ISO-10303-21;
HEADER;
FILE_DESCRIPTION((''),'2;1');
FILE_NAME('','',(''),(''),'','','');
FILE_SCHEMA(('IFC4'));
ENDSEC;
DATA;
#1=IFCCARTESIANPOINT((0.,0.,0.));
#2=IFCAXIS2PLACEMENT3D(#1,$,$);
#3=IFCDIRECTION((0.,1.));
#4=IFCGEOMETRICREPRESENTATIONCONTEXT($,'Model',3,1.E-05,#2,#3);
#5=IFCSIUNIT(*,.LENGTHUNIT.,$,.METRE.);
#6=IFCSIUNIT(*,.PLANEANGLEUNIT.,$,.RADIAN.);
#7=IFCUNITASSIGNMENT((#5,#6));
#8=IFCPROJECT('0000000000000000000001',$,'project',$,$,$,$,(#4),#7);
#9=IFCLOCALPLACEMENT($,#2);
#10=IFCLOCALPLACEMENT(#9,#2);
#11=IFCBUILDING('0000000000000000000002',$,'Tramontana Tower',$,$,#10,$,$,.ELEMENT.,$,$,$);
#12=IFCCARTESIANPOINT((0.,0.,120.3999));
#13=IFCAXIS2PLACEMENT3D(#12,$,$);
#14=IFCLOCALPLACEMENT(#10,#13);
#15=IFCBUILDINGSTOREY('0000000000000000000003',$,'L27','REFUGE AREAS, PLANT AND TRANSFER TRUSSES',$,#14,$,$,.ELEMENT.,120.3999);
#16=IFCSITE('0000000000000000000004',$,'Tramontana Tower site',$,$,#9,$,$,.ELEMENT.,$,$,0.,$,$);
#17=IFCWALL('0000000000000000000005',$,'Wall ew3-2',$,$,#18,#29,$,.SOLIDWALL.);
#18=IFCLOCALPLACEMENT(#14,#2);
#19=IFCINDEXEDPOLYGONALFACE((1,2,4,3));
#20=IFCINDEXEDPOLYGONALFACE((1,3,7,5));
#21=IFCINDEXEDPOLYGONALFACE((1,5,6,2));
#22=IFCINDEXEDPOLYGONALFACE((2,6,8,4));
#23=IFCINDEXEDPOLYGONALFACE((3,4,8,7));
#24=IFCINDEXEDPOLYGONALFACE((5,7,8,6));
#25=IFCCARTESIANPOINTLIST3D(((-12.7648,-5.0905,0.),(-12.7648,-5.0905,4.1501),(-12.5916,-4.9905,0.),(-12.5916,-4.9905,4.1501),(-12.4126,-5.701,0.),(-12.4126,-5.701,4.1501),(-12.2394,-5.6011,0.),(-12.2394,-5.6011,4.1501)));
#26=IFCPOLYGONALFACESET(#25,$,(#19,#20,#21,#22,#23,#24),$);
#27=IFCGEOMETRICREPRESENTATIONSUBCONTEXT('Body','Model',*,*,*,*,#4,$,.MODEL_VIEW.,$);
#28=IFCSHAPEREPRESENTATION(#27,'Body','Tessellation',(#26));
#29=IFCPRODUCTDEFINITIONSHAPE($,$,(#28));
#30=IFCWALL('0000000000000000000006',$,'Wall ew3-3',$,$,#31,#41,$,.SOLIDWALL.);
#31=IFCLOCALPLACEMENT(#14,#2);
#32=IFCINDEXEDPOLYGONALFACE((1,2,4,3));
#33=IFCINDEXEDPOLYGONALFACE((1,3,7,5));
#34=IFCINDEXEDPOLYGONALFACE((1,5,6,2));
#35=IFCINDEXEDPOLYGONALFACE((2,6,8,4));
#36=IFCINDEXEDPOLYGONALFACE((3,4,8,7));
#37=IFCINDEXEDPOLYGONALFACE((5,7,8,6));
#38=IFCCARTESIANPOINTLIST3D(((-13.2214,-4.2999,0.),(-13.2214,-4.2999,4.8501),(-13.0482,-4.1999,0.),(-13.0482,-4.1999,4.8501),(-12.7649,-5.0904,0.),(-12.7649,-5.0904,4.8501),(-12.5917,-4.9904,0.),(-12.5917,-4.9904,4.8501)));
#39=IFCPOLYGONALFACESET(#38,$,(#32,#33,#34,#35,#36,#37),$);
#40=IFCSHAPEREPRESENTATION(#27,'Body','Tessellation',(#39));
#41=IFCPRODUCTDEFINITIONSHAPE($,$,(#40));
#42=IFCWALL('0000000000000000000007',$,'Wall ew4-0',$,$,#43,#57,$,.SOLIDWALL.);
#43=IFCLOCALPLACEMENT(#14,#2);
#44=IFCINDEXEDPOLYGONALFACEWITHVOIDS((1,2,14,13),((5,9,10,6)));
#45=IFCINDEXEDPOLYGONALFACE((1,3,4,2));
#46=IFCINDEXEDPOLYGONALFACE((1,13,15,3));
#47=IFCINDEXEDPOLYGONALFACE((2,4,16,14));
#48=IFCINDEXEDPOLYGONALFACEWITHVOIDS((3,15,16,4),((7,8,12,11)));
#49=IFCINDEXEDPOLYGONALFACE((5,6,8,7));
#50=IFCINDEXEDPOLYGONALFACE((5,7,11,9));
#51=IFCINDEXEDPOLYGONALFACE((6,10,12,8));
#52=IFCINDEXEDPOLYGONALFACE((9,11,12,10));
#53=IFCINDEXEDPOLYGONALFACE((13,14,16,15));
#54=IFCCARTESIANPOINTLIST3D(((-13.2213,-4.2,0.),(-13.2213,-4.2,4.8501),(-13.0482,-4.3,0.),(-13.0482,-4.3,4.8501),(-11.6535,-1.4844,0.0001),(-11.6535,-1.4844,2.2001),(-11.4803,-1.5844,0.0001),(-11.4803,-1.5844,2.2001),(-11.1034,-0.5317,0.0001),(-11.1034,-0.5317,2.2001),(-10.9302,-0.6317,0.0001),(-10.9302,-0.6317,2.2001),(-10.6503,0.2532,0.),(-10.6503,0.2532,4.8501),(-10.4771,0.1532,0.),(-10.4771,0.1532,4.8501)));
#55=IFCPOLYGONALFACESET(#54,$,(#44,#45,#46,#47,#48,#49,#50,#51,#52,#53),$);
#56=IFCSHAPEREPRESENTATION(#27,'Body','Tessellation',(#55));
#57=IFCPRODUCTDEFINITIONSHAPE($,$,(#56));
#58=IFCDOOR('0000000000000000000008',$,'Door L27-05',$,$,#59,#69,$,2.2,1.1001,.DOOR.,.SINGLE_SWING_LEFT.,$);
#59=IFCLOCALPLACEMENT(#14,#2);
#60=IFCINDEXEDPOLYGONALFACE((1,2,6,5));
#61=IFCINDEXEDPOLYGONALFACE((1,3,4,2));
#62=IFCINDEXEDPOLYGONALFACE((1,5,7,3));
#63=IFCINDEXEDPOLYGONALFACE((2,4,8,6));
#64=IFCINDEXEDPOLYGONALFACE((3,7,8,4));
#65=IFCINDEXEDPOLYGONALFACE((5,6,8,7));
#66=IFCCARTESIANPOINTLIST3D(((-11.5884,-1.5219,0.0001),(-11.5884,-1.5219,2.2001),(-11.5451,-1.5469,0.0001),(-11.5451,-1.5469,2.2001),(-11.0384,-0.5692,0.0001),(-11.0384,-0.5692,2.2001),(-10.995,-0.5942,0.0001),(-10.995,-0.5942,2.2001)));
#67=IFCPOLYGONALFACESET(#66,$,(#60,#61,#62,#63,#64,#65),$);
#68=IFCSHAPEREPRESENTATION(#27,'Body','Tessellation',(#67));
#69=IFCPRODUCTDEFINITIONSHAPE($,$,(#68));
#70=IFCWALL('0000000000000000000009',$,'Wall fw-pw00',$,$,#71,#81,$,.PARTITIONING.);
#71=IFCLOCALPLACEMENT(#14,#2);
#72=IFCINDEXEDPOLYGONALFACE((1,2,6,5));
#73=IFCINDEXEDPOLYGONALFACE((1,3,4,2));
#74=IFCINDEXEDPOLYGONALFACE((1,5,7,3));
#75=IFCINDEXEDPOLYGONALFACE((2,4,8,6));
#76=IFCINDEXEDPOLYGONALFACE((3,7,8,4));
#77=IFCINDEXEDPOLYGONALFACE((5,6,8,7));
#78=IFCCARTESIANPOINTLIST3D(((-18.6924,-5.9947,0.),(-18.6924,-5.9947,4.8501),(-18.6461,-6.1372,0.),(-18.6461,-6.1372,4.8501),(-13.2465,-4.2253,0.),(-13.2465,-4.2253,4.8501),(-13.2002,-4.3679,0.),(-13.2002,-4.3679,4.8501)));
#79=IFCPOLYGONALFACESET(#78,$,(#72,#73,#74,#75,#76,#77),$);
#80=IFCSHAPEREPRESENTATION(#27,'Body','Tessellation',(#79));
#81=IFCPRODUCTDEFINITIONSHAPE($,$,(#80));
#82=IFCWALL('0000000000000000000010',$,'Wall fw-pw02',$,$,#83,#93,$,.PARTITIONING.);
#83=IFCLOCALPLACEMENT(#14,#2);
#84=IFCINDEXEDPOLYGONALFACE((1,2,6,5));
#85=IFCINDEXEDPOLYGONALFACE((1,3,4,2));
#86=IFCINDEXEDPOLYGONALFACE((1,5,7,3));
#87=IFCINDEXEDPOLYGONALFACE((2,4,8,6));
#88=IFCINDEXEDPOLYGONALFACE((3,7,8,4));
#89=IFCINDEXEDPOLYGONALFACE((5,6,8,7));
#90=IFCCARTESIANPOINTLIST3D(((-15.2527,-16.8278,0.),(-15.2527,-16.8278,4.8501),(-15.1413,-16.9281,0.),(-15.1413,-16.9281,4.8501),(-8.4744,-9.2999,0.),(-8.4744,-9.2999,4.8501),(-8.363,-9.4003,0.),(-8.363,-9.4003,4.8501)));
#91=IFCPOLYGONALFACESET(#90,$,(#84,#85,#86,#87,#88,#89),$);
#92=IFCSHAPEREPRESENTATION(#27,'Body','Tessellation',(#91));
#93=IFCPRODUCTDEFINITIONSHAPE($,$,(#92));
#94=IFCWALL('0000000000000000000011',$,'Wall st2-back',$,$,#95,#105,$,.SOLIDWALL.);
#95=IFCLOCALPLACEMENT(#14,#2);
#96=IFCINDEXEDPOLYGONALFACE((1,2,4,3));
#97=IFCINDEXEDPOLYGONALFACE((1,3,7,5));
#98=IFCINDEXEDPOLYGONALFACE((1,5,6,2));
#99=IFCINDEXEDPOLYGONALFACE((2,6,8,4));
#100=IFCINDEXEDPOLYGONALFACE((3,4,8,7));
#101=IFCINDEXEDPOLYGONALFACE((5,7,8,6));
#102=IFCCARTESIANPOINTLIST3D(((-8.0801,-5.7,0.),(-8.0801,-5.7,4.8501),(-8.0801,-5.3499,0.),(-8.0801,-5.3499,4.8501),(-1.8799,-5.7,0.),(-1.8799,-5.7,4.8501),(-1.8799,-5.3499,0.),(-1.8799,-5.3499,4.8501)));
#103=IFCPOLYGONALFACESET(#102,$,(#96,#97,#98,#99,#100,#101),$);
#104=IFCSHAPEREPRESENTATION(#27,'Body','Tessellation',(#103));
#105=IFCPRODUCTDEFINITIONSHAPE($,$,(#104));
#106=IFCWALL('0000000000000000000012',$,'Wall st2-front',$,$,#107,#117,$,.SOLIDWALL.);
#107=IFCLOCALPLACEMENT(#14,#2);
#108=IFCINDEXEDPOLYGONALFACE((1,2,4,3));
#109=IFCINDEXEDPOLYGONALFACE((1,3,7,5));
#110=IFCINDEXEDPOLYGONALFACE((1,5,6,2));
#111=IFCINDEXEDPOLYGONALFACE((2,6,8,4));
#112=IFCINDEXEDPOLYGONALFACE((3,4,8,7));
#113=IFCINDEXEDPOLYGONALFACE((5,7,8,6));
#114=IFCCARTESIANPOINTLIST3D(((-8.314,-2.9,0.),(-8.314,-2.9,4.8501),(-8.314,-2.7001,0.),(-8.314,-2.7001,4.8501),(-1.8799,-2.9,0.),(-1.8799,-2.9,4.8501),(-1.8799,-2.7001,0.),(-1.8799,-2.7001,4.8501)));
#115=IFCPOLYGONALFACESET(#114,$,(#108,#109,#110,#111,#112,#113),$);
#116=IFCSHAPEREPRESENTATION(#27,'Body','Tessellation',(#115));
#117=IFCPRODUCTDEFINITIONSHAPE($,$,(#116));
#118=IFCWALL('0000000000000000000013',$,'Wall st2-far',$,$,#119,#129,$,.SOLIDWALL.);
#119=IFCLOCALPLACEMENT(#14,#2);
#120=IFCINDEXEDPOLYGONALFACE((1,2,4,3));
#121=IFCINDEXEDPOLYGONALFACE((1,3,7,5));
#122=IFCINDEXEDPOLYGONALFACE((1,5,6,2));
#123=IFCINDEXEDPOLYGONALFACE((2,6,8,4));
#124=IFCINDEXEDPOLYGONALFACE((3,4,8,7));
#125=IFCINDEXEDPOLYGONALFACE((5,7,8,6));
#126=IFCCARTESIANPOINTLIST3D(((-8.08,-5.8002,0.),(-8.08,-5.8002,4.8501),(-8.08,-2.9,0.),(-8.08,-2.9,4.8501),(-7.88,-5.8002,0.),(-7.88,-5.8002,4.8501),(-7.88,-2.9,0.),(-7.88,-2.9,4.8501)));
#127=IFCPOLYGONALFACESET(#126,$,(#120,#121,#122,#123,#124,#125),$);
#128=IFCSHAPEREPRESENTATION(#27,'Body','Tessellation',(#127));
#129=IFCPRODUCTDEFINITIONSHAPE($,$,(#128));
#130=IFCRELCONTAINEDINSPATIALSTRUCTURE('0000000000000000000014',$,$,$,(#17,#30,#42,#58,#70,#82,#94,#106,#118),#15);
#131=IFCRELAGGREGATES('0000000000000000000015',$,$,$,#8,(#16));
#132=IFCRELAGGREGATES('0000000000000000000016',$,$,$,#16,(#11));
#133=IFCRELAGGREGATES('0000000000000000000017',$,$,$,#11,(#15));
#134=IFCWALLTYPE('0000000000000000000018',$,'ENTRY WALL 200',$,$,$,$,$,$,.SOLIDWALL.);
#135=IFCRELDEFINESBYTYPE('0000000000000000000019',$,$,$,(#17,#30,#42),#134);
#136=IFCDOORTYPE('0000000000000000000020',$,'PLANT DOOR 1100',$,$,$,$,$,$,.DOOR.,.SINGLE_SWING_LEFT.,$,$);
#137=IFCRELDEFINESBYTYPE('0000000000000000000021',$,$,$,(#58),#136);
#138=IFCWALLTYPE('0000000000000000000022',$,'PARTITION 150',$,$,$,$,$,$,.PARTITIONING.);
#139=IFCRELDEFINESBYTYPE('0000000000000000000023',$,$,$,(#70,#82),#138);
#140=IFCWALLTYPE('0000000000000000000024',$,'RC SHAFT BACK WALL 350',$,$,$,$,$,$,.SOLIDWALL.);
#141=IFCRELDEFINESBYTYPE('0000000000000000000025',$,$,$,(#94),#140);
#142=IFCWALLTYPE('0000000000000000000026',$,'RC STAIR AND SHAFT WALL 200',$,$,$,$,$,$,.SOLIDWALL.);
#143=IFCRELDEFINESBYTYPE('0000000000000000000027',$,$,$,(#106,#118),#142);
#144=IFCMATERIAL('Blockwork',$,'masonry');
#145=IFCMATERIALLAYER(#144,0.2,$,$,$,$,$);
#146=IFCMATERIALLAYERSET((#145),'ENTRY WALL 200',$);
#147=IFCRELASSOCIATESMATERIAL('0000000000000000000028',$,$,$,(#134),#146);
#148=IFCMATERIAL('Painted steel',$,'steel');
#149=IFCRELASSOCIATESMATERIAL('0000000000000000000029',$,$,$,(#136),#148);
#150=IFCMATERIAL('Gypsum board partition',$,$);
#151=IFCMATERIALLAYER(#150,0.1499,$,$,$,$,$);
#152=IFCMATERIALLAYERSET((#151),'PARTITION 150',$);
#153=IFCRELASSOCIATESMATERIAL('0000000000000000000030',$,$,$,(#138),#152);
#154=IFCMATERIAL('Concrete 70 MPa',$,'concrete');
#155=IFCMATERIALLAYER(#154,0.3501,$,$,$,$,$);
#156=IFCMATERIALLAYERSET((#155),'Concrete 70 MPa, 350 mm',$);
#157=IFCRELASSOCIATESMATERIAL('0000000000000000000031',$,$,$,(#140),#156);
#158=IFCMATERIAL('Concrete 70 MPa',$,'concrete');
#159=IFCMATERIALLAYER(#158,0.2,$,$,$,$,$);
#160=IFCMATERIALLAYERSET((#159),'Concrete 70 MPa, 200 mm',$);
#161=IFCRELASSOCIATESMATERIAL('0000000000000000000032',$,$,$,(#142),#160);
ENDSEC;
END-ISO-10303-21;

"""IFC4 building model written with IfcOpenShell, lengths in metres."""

from ifc_helpers import new_model, si_unit, direction, frame, frame_2d, origin, place, context, subcontext, project, spatial, rectangle, extrude, material, layer, layer_set, type_object, element, fill, save


model = new_model("IFC4")

# Units and contexts
model_context = context("Model", 3, precision=1e-05, world=origin(), true_north=direction((0.0, 1.0)))
body_context = subcontext(model_context, "Body", "Model", "MODEL_VIEW")
ifc_project = project(units=[si_unit("LENGTHUNIT", "METRE"), si_unit("PLANEANGLEUNIT", "RADIAN")], contexts=[model_context])

# Site, building, storey
site_placement = place(None, origin())
site = spatial("IfcSite", under=ifc_project, at=site_placement, Name="Tramontana Tower site", CompositionType="ELEMENT", RefElevation=0.0)
building_placement = place(site_placement, origin())
building = spatial("IfcBuilding", under=site, at=building_placement, Name="Tramontana Tower", CompositionType="ELEMENT")
storey_placement = place(building_placement, frame((0.0, 0.0, 120.3999)))
storey = spatial("IfcBuildingStorey", under=building, at=storey_placement, Name="L27", Description="REFUGE AREAS, PLANT AND TRANSFER TRUSSES", CompositionType="ELEMENT", Elevation=120.3999)

# Shared definitions
ifc_material_1 = material(Name="Blockwork", Category="masonry")
ifc_layer_1 = layer(ifc_material_1, 0.2)
ifc_layer_set_1 = layer_set([ifc_layer_1], Name="ENTRY WALL 200")
wall_type_1 = type_object("IfcWallType", Name="ENTRY WALL 200", PredefinedType="SOLIDWALL", material=ifc_layer_set_1)

# Shared definitions
ifc_material_2 = material(Name="Painted steel", Category="steel")
door_type_1 = type_object("IfcDoorType", Name="PLANT DOOR 1100", OperationType="SINGLE_SWING_LEFT", PredefinedType="DOOR", material=ifc_material_2)

# Walls
wall_1_placement = place(storey_placement, frame((-12.3259, -5.6511, 0.0), z_axis=(0.0, 0.0, 1.0), x_axis=(-0.499752, 0.866168, 0.0)))
element("IfcWall", 1, at=wall_1_placement, inside=storey, type_object=wall_type_1, Name="Wall ew3-2", PredefinedType="SOLIDWALL", context=body_context, shape_type="SweptSolid", body=[
    extrude(rectangle(XDim=0.7048, YDim=0.2, at=frame_2d((0.3525, 0.0))), origin(), (0.0, 0.0, 1.0), 4.1501),
])
wall_2_placement = place(storey_placement, frame((-12.6782, -5.0405, 0.0), z_axis=(0.0, 0.0, 1.0), x_axis=(-0.500108, 0.865963, 0.0)))
element("IfcWall", 2, at=wall_2_placement, inside=storey, type_object=wall_type_1, Name="Wall ew3-3", PredefinedType="SOLIDWALL", context=body_context, shape_type="SweptSolid", body=[
    extrude(rectangle(XDim=0.9128, YDim=0.2, at=frame_2d((0.4565, 0.0))), origin(), (0.0, 0.0, 1.0), 4.8501),
])

# Wall, opening, door
wall_3_placement = place(storey_placement, frame((-13.1348, -4.25, 0.0), z_axis=(0.0, 0.0, 1.0), x_axis=(0.500005, 0.866023, 0.0)))
wall_3 = element("IfcWall", 3, at=wall_3_placement, inside=storey, type_object=wall_type_1, Name="Wall ew4-0", PredefinedType="SOLIDWALL", context=body_context, shape_type="SweptSolid", body=[
    extrude(rectangle(XDim=5.1421, YDim=0.2, at=frame_2d((2.571, 0.0))), origin(), (0.0, 0.0, 1.0), 4.8501),
])
opening_1_placement = place(wall_3_placement, frame((3.1357, 0.0, 0.0)))
opening_1 = element("IfcOpeningElement", 4, at=opening_1_placement, cuts=wall_3, PredefinedType="OPENING", context=body_context, shape_type="SweptSolid", body=[
    extrude(rectangle(XDim=1.1001, YDim=2.2, at=frame_2d((0.55, 1.1001))), frame((0.0, 0.1099, 0.0), z_axis=(0.0, -1.0, 0.0), x_axis=(1.0, 0.0, 0.0)), (0.0, 0.0, 1.0), 0.22),
])
door_1_placement = place(opening_1_placement, origin())
door_1 = element("IfcDoor", 5, at=door_1_placement, inside=storey, type_object=door_type_1, Name="Door L27-05", OperationType="SINGLE_SWING_LEFT", OverallHeight=2.2, OverallWidth=1.1001, PredefinedType="DOOR", context=body_context, shape_type="SweptSolid", body=[
    extrude(rectangle(XDim=1.1001, YDim=2.2, at=frame_2d((0.55, 1.1001))), frame((0.0, 0.0249, 0.0), z_axis=(0.0, -1.0, 0.0), x_axis=(1.0, 0.0, 0.0)), (0.0, 0.0, 1.0), 0.05),
])
fill(opening_1, door_1)

# Walls
ifc_material_3 = material(Name="Gypsum board partition")
ifc_layer_2 = layer(ifc_material_3, 0.1499)
ifc_layer_set_2 = layer_set([ifc_layer_2], Name="PARTITION 150")
wall_type_2 = type_object("IfcWallType", Name="PARTITION 150", PredefinedType="PARTITIONING", material=ifc_layer_set_2)
wall_4_placement = place(storey_placement, frame((-13.2234, -4.2966, 0.0), z_axis=(0.0, 0.0, 1.0), x_axis=(-0.951065, -0.308992, 0.0)))
element("IfcWall", 6, at=wall_4_placement, inside=storey, type_object=wall_type_2, Name="Wall fw-pw00", PredefinedType="PARTITIONING", context=body_context, shape_type="SweptSolid", body=[
    extrude(rectangle(XDim=5.7261, YDim=0.1499, at=frame_2d((2.863, 0.0))), origin(), (0.0, 0.0, 1.0), 4.8501),
])
wall_5_placement = place(storey_placement, frame((-8.4187, -9.3501, 0.0), z_axis=(0.0, 0.0, 1.0), x_axis=(-0.669143, -0.743134, 0.0)))
element("IfcWall", 7, at=wall_5_placement, inside=storey, type_object=wall_type_2, Name="Wall fw-pw02", PredefinedType="PARTITIONING", context=body_context, shape_type="SweptSolid", body=[
    extrude(rectangle(XDim=10.1299, YDim=0.1499, at=frame_2d((5.0649, 0.0))), origin(), (0.0, 0.0, 1.0), 4.8501),
])
ifc_material_4 = material(Name="Concrete 70 MPa", Category="concrete")
ifc_layer_3 = layer(ifc_material_4, 0.3501)
ifc_layer_set_3 = layer_set([ifc_layer_3], Name="Concrete 70 MPa, 350 mm")
wall_type_3 = type_object("IfcWallType", Name="RC SHAFT BACK WALL 350", PredefinedType="SOLIDWALL", material=ifc_layer_set_3)
wall_6_placement = place(storey_placement, frame((-8.0801, -5.5249, 0.0), z_axis=(0.0, 0.0, 1.0), x_axis=(1.0, 0.0, 0.0)))
element("IfcWall", 8, at=wall_6_placement, inside=storey, type_object=wall_type_3, Name="Wall st2-back", PredefinedType="SOLIDWALL", context=body_context, shape_type="SweptSolid", body=[
    extrude(rectangle(XDim=6.2002, YDim=0.3501, at=frame_2d((3.1001, 0.0))), origin(), (0.0, 0.0, 1.0), 4.8501),
])
ifc_material_5 = material(Name="Concrete 70 MPa", Category="concrete")
ifc_layer_4 = layer(ifc_material_5, 0.2)
ifc_layer_set_4 = layer_set([ifc_layer_4], Name="Concrete 70 MPa, 200 mm")
wall_type_4 = type_object("IfcWallType", Name="RC STAIR AND SHAFT WALL 200", PredefinedType="SOLIDWALL", material=ifc_layer_set_4)
wall_7_placement = place(storey_placement, frame((-8.314, -2.8, 0.0), z_axis=(0.0, 0.0, 1.0), x_axis=(1.0, 0.0, 0.0)))
element("IfcWall", 9, at=wall_7_placement, inside=storey, type_object=wall_type_4, Name="Wall st2-front", PredefinedType="SOLIDWALL", context=body_context, shape_type="SweptSolid", body=[
    extrude(rectangle(XDim=6.4341, YDim=0.2, at=frame_2d((3.217, 0.0))), origin(), (0.0, 0.0, 1.0), 4.8501),
])
wall_8_placement = place(storey_placement, frame((-7.98, -2.8999, 0.0), z_axis=(0.0, 0.0, 1.0), x_axis=(0.0, -1.0, 0.0)))
element("IfcWall", 10, at=wall_8_placement, inside=storey, type_object=wall_type_4, Name="Wall st2-far", PredefinedType="SOLIDWALL", context=body_context, shape_type="SweptSolid", body=[
    extrude(rectangle(XDim=2.9001, YDim=0.2, at=frame_2d((1.4502, 0.0))), origin(), (0.0, 0.0, 1.0), 4.8501),
])

save(model, "model.ifc")
